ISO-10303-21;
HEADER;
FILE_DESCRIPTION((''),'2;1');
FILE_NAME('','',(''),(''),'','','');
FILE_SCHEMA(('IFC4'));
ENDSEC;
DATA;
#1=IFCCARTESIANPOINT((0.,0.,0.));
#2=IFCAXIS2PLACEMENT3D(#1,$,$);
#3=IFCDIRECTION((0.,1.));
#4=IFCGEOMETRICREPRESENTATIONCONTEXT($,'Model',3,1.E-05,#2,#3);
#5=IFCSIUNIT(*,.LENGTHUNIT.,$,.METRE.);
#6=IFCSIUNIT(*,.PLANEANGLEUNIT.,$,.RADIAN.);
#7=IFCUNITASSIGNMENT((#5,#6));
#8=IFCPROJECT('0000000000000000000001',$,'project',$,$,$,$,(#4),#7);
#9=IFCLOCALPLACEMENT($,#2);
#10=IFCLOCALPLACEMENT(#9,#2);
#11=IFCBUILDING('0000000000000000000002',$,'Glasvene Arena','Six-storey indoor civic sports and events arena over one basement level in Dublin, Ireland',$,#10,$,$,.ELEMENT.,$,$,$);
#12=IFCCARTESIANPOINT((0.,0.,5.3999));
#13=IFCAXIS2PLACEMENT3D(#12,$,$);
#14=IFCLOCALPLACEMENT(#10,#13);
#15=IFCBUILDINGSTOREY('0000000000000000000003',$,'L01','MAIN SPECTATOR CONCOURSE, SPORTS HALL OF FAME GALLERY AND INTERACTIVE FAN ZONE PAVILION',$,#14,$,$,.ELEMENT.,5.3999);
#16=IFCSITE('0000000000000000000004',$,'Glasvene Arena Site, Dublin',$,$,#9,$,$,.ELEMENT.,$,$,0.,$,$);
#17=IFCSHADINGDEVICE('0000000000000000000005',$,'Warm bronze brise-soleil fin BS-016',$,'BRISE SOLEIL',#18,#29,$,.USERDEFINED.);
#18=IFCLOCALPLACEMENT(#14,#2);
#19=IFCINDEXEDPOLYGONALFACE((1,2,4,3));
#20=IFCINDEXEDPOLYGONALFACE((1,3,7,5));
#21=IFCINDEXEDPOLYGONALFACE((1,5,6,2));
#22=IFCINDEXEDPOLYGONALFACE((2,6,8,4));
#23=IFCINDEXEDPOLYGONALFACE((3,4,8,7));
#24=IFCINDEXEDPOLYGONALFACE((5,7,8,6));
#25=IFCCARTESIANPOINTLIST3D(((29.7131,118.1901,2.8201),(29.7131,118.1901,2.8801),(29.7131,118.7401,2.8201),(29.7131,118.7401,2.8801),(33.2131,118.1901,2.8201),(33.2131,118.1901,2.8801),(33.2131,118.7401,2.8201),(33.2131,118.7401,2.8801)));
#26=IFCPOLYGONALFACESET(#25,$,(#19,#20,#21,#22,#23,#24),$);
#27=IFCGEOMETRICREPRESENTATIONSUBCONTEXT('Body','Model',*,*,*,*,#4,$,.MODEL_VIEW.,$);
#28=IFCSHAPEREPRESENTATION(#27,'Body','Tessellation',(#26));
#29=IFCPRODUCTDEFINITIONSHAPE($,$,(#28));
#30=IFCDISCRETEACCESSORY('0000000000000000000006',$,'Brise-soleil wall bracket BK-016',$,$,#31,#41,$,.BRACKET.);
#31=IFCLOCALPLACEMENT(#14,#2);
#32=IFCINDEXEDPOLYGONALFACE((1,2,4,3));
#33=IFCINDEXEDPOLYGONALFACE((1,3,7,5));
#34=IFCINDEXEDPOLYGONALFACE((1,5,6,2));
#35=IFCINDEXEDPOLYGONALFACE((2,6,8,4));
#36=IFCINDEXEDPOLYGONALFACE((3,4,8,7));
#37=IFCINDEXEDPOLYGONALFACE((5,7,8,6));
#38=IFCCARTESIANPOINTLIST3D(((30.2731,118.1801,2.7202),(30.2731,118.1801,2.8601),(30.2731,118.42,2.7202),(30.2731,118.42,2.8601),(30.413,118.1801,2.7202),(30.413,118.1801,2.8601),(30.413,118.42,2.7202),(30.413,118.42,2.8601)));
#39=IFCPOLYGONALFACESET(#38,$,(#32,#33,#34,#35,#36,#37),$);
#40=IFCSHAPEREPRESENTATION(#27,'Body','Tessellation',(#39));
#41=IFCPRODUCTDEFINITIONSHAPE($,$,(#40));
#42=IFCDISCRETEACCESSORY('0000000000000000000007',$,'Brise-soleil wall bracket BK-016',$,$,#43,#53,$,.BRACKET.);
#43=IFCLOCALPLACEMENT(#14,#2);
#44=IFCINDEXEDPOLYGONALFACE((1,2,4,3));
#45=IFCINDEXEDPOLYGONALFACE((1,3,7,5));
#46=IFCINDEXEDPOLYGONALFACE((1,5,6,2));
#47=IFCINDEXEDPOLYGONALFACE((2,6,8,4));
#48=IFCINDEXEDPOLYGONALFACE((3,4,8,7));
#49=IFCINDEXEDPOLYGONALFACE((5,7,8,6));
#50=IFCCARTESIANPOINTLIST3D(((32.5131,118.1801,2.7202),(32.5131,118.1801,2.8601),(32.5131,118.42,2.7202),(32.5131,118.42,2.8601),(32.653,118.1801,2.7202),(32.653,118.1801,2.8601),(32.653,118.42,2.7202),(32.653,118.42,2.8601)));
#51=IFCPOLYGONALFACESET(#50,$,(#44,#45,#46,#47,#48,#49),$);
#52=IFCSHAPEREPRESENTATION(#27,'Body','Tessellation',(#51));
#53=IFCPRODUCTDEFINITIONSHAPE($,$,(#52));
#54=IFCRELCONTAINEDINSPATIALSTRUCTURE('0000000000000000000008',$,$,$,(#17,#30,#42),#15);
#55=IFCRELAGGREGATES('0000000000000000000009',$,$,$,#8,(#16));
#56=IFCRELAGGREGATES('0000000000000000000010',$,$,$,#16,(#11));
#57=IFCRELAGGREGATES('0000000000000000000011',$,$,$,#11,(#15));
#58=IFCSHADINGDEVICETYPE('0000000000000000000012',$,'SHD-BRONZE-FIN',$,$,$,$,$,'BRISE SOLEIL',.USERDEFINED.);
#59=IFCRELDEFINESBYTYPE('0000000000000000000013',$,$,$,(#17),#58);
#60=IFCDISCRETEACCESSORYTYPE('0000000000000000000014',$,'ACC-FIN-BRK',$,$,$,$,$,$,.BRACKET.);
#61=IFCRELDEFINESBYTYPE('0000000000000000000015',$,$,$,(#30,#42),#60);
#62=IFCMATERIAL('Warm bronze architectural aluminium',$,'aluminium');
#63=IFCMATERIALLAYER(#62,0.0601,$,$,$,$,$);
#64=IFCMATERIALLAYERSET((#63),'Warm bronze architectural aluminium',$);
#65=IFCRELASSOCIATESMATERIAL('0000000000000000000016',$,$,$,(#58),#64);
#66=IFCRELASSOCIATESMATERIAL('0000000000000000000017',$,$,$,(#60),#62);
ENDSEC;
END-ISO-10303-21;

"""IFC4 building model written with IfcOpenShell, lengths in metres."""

from ifc_helpers import new_model, si_unit, direction, frame, origin, origin_2d, place, context, subcontext, project, spatial, rectangle, extrude, material, layer, layer_set, type_object, element, save


model = new_model("IFC4")

# Units and contexts
model_context = context("Model", 3, precision=1e-05, world=origin(), true_north=direction((0.0, 1.0)))
body_context = subcontext(model_context, "Body", "Model", "MODEL_VIEW")
ifc_project = project(units=[si_unit("LENGTHUNIT", "METRE"), si_unit("PLANEANGLEUNIT", "RADIAN")], contexts=[model_context])

# Site, building, storey
site_placement = place(None, origin())
site = spatial("IfcSite", under=ifc_project, at=site_placement, Name="Glasvene Arena Site, Dublin", CompositionType="ELEMENT", RefElevation=0.0)
building_placement = place(site_placement, origin())
building = spatial("IfcBuilding", under=site, at=building_placement, Name="Glasvene Arena", Description="Six-storey indoor civic sports and events arena over one basement level in Dublin, Ireland", CompositionType="ELEMENT")
storey_placement = place(building_placement, frame((0.0, 0.0, 5.3999)))
storey = spatial("IfcBuildingStorey", under=building, at=storey_placement, Name="L01", Description="MAIN SPECTATOR CONCOURSE, SPORTS HALL OF FAME GALLERY AND INTERACTIVE FAN ZONE PAVILION", CompositionType="ELEMENT", Elevation=5.3999)

# Shading device
ifc_material_1 = material(Name="Warm bronze architectural aluminium", Category="aluminium")
ifc_layer_1 = layer(ifc_material_1, 0.0601)
ifc_layer_set_1 = layer_set([ifc_layer_1], Name="Warm bronze architectural aluminium")
shading_device_type = type_object("IfcShadingDeviceType", Name="SHD-BRONZE-FIN", ElementType="BRISE SOLEIL", PredefinedType="USERDEFINED", material=ifc_layer_set_1)
shading_device_placement = place(storey_placement, frame((31.4631, 118.4651, 2.8201), z_axis=(0.0, 0.0, 1.0), x_axis=(1.0, 0.0, 0.0)))
element("IfcShadingDevice", 1, at=shading_device_placement, inside=storey, type_object=shading_device_type, Name="Warm bronze brise-soleil fin BS-016", ObjectType="BRISE SOLEIL", PredefinedType="USERDEFINED", context=body_context, shape_type="SweptSolid", body=[
    extrude(rectangle(XDim=3.5, YDim=0.55, at=origin_2d()), origin(), (0.0, 0.0, 1.0), 0.0601),
])

# Discrete accessories
discrete_accessory_type = type_object("IfcDiscreteAccessoryType", Name="ACC-FIN-BRK", PredefinedType="BRACKET", material=ifc_material_1)
for number, where, z_axis, x_axis, name in (
    (2, (30.343, 118.3, 2.7202), (0.0, 0.0, 1.0), (1.0, 0.0, 0.0), "Brise-soleil wall bracket BK-016"),
    (3, (32.583, 118.3, 2.7202), (0.0, 0.0, 1.0), (1.0, 0.0, 0.0), "Brise-soleil wall bracket BK-016"),
):
    element("IfcDiscreteAccessory", number, at=place(storey_placement, frame(where, z_axis=z_axis, x_axis=x_axis)), inside=storey, type_object=discrete_accessory_type, Name=name, PredefinedType="BRACKET", context=body_context, shape_type="SweptSolid", body=[
        extrude(rectangle(XDim=0.1399, YDim=0.24, at=origin_2d()), origin(), (0.0, 0.0, 1.0), 0.1399),
    ])

save(model, "model.ifc")
